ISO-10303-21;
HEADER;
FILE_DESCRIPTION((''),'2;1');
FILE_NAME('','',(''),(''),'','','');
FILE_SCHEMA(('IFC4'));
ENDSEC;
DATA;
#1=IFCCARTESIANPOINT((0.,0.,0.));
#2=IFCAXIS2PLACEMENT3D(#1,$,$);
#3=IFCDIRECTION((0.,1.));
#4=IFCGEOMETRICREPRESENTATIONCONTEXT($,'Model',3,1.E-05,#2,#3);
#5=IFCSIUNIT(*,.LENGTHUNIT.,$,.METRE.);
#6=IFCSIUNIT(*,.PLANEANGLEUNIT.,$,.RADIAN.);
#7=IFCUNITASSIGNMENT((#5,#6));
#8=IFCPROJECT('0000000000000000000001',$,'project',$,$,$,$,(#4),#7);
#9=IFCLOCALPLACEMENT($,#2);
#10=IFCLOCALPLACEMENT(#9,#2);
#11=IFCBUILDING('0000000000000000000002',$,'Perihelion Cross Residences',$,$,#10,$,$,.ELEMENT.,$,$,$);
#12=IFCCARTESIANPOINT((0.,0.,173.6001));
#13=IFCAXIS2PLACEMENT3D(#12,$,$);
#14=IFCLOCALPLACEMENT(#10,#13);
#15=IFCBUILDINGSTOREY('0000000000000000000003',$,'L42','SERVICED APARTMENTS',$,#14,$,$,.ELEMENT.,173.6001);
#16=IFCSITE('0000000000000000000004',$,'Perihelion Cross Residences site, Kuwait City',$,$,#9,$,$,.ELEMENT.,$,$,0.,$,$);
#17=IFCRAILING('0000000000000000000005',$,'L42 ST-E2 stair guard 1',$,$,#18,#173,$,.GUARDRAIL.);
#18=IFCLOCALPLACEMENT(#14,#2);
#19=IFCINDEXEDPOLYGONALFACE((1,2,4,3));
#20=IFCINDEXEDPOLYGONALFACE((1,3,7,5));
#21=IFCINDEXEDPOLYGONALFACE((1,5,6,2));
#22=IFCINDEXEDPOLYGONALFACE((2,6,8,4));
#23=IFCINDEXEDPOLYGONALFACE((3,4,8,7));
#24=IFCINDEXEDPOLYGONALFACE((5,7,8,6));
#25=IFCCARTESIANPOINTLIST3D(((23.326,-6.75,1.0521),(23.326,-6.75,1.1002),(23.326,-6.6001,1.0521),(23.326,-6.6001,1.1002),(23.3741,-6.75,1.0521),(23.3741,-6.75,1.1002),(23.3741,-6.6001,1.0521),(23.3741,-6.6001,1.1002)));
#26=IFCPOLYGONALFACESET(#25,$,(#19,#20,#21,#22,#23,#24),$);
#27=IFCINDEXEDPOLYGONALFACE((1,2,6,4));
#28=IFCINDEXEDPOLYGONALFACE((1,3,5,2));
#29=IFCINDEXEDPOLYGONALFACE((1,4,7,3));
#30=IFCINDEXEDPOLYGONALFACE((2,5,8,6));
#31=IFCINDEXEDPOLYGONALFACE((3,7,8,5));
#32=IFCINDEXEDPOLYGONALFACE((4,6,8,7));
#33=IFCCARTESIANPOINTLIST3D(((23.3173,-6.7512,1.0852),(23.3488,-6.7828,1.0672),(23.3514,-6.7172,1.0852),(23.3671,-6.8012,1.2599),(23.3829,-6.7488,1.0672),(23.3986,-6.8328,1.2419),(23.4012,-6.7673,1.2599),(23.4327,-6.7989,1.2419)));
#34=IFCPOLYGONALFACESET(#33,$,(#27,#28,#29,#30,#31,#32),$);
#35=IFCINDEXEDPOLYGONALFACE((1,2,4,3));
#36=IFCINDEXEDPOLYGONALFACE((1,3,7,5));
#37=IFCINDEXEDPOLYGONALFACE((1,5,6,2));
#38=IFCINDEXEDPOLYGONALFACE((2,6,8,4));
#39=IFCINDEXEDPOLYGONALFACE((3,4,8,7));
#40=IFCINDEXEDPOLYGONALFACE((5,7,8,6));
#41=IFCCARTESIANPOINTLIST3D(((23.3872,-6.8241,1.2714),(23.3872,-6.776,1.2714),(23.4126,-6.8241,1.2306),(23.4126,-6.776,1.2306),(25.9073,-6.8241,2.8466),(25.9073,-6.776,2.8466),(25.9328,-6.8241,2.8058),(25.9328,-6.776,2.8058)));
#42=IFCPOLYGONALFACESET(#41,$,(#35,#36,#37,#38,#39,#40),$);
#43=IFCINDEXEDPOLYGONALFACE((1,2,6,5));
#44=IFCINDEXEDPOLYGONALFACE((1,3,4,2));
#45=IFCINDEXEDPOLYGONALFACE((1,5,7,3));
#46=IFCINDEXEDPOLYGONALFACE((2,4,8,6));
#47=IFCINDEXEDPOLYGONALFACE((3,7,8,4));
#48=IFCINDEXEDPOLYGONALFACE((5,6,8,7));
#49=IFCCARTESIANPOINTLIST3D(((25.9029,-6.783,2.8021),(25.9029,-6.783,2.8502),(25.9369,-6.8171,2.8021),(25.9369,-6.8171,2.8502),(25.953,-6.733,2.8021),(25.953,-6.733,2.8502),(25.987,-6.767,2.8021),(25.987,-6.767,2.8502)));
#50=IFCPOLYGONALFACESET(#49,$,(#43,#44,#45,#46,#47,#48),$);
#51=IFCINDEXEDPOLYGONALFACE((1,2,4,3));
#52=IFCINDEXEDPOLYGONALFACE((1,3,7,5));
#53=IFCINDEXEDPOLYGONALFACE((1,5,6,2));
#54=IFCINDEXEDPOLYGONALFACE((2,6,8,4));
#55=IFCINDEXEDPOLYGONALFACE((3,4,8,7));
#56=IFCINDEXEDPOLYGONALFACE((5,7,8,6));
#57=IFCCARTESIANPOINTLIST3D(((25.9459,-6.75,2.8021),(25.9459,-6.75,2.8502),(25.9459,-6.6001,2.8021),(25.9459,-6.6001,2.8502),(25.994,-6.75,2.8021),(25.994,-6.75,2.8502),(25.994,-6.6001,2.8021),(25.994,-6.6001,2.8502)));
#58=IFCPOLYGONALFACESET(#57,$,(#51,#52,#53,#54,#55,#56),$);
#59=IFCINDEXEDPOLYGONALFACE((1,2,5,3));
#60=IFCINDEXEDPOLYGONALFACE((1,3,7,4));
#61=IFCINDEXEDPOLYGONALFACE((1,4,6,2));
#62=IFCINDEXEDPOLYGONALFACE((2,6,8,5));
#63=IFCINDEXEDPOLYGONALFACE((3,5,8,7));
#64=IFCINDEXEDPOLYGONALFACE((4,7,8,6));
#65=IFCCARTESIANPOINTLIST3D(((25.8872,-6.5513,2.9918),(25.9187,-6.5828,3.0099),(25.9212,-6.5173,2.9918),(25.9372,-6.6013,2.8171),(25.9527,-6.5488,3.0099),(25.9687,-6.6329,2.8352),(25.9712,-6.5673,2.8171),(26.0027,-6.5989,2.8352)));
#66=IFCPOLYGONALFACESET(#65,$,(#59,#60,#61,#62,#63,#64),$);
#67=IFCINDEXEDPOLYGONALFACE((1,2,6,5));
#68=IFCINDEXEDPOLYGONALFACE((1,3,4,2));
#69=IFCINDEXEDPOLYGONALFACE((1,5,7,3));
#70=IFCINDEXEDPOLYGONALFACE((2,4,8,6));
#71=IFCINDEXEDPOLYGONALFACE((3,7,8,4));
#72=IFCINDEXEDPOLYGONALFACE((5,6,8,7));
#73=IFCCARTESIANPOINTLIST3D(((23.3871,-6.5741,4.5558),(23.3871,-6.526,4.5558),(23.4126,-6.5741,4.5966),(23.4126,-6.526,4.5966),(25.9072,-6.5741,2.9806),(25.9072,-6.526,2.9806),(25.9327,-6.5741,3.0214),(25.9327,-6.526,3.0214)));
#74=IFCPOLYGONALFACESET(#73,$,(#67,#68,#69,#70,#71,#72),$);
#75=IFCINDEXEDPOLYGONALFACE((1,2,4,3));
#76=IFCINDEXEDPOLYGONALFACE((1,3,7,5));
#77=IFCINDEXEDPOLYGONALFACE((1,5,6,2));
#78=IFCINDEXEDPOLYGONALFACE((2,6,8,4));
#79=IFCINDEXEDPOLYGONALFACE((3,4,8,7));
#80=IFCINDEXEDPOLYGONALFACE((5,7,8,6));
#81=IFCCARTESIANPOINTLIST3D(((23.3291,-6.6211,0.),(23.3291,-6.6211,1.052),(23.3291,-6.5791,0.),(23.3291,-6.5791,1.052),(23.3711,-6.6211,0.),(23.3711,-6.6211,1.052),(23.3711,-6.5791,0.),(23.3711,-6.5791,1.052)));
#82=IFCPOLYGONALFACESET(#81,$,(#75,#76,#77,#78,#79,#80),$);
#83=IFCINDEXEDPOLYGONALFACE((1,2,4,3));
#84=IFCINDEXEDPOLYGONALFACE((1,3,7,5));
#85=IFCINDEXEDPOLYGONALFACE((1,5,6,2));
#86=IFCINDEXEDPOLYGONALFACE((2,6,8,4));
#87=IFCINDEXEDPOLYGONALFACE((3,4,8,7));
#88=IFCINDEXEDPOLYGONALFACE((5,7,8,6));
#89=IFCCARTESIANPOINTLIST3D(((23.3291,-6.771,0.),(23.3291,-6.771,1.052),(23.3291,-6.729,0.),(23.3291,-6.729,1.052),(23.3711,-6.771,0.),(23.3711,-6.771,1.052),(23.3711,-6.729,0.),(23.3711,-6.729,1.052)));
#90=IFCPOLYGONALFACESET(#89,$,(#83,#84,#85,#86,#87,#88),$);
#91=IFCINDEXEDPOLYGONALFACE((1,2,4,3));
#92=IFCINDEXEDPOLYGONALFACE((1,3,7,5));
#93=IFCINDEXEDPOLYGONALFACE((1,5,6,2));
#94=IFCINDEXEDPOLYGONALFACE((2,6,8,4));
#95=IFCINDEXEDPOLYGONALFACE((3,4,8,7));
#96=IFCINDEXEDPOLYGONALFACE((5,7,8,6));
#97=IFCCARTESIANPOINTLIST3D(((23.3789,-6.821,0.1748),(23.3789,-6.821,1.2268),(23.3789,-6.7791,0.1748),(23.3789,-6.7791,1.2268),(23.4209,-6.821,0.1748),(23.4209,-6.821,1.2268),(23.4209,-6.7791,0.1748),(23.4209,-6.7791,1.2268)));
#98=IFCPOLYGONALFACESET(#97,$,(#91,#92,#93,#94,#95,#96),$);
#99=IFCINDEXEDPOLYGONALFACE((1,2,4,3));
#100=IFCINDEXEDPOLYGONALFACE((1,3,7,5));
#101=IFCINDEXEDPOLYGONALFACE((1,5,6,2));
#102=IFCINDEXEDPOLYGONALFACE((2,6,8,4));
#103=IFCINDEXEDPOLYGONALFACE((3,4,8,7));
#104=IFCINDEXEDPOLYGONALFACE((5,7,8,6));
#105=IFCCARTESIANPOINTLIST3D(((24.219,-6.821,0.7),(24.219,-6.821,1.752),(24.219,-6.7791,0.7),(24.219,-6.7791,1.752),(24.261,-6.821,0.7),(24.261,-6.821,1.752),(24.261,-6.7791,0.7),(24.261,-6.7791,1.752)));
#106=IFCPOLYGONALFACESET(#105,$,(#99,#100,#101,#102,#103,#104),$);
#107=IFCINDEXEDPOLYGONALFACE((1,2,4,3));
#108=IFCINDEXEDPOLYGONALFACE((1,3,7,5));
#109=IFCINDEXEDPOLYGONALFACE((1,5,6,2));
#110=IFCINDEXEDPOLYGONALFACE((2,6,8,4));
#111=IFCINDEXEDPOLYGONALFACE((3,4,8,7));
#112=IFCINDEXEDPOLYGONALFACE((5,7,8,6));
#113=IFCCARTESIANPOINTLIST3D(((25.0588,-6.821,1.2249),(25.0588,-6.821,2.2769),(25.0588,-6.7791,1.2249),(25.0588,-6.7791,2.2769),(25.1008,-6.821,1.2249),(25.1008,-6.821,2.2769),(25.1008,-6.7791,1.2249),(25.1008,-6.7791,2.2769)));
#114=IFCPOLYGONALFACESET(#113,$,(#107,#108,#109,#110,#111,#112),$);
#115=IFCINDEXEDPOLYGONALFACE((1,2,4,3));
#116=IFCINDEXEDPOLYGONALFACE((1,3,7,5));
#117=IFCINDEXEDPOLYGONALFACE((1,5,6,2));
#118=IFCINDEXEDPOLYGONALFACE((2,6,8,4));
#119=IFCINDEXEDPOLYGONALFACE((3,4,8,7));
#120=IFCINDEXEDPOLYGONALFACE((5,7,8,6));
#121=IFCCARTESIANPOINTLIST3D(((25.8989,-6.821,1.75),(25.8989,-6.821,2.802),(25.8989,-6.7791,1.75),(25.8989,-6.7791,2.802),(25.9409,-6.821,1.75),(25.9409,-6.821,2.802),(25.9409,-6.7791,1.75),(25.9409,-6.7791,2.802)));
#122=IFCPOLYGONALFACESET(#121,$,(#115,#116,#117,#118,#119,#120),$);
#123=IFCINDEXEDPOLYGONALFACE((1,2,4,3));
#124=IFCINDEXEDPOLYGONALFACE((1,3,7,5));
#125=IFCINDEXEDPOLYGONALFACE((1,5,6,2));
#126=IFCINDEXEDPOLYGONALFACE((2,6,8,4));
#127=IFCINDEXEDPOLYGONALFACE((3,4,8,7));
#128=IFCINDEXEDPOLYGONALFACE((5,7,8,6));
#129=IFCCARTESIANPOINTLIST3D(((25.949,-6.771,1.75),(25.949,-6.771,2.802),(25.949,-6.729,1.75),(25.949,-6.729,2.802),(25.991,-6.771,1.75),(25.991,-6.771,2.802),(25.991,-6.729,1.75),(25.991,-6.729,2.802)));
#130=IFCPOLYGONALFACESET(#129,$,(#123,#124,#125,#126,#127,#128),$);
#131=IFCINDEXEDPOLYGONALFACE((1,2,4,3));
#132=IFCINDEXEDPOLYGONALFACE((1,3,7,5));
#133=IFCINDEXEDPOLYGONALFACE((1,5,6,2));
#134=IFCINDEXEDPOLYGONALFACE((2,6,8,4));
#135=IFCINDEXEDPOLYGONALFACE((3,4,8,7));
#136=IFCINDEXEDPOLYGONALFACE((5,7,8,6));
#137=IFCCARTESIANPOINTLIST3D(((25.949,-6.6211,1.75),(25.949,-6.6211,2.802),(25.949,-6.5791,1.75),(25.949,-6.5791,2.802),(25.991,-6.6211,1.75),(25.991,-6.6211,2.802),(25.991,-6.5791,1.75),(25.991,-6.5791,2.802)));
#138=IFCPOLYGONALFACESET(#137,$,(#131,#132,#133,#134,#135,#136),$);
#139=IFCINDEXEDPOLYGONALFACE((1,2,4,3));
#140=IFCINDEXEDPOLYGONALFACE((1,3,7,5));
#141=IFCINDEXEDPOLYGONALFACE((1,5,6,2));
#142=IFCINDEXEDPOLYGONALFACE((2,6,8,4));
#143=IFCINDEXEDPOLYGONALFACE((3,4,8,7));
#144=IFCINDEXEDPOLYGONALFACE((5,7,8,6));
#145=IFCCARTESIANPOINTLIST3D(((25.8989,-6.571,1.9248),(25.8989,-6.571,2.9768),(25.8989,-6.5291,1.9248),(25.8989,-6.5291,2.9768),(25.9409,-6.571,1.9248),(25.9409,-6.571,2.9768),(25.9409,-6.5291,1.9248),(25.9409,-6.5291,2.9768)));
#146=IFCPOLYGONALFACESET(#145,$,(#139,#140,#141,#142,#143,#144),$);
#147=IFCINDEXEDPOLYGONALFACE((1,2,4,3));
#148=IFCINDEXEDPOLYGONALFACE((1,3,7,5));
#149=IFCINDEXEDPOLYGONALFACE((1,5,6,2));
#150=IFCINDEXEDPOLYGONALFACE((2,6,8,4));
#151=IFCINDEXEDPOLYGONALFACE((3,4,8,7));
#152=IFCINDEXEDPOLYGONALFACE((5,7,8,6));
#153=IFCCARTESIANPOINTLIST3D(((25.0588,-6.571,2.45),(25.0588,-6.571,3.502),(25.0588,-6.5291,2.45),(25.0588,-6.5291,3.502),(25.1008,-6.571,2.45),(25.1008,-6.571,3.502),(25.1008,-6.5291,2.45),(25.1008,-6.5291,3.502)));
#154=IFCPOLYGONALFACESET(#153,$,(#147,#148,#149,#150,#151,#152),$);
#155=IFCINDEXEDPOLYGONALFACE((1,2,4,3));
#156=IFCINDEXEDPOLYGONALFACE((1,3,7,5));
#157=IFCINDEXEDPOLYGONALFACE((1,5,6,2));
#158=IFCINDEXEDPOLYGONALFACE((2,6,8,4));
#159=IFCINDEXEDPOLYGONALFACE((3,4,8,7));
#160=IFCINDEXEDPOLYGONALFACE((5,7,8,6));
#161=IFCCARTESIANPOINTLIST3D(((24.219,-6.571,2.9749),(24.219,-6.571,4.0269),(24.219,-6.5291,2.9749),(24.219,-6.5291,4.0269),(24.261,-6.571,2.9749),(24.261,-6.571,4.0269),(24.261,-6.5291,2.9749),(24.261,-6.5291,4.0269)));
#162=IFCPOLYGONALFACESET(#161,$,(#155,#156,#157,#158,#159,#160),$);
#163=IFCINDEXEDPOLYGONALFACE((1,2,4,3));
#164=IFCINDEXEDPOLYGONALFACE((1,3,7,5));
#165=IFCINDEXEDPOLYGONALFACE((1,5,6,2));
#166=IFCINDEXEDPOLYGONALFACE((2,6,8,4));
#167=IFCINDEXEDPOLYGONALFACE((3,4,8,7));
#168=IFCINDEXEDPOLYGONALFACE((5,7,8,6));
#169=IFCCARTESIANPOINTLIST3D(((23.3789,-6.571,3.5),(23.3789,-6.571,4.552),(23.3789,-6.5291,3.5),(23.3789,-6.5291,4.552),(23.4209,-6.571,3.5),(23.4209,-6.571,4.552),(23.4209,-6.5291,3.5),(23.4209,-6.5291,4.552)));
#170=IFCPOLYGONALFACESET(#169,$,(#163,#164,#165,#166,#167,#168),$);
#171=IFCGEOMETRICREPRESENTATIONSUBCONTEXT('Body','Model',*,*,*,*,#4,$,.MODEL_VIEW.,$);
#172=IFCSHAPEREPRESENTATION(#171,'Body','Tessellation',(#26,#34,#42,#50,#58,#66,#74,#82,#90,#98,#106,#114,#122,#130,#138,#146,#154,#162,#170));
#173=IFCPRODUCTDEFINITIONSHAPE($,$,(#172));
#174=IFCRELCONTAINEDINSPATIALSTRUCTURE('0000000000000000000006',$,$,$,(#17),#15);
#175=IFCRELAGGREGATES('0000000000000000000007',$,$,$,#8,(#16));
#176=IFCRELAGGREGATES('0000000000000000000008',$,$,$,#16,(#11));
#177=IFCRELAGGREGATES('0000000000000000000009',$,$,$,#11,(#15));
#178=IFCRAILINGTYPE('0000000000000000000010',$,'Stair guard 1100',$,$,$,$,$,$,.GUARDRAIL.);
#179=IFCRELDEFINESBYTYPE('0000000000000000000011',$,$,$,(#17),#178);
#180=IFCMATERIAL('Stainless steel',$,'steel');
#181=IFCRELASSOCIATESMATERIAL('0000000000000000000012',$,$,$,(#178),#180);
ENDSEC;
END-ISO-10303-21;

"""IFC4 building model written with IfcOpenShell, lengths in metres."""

from ifc_helpers import new_model, si_unit, direction, frame, origin, origin_2d, place, context, subcontext, project, spatial, rectangle, extrude, material, type_object, element, save


model = new_model("IFC4")

# Units and contexts
model_context = context("Model", 3, precision=1e-05, world=origin(), true_north=direction((0.0, 1.0)))
body_context = subcontext(model_context, "Body", "Model", "MODEL_VIEW")
ifc_project = project(units=[si_unit("LENGTHUNIT", "METRE"), si_unit("PLANEANGLEUNIT", "RADIAN")], contexts=[model_context])

# Site, building, storey
site_placement = place(None, origin())
site = spatial("IfcSite", under=ifc_project, at=site_placement, Name="Perihelion Cross Residences site, Kuwait City", CompositionType="ELEMENT", RefElevation=0.0)
building_placement = place(site_placement, origin())
building = spatial("IfcBuilding", under=site, at=building_placement, Name="Perihelion Cross Residences", CompositionType="ELEMENT")
storey_placement = place(building_placement, frame((0.0, 0.0, 173.6001)))
storey = spatial("IfcBuildingStorey", under=building, at=storey_placement, Name="L42", Description="SERVICED APARTMENTS", CompositionType="ELEMENT", Elevation=173.6001)

# Railing
ifc_material_1 = material(Name="Stainless steel", Category="steel")
railing_type_1 = type_object("IfcRailingType", Name="Stair guard 1100", PredefinedType="GUARDRAIL", material=ifc_material_1)
railing_1_placement = place(storey_placement, frame((23.3501, -6.6001, 0.0)))
element("IfcRailing", 1, at=railing_1_placement, inside=storey, type_object=railing_type_1, Name="L42 ST-E2 stair guard 1", PredefinedType="GUARDRAIL", context=body_context, shape_type="SweptSolid", body=[
    extrude(rectangle(XDim=0.0481, YDim=0.0481, at=origin_2d()), frame((0.0, 0.0, 1.0762), z_axis=(0.0, -1.0, 0.0), x_axis=(1.0, 0.0, 0.0)), (0.0, 0.0, 1.0), 0.1499),
    extrude(rectangle(XDim=0.0481, YDim=0.0481, at=origin_2d()), frame((0.0, -0.1499, 1.0762), z_axis=(0.264179, -0.265474, 0.927218), x_axis=(0.708834, 0.705376, 0.0)), (0.0, 0.0, 1.0), 0.1885),
    extrude(rectangle(XDim=0.0481, YDim=0.0481, at=origin_2d()), frame((0.0498, -0.2, 1.251), z_axis=(0.847971, 0.0, 0.530043), x_axis=(0.0, 1.0, 0.0)), (0.0, 0.0, 1.0), 2.9719),
    extrude(rectangle(XDim=0.0481, YDim=0.0481, at=origin_2d()), frame((2.5698, -0.2, 2.8262), z_axis=(0.707107, 0.707107, 0.0), x_axis=(-0.707107, 0.707107, 0.0)), (0.0, 0.0, 1.0), 0.0708),
    extrude(rectangle(XDim=0.0481, YDim=0.0481, at=origin_2d()), frame((2.6199, -0.1499, 2.8262), z_axis=(0.0, 1.0, 0.0), x_axis=(-1.0, 0.0, 0.0)), (0.0, 0.0, 1.0), 0.1499),
    extrude(rectangle(XDim=0.0481, YDim=0.0481, at=origin_2d()), frame((2.6199, 0.0, 2.8262), z_axis=(-0.265383, 0.265383, 0.9269), x_axis=(-0.707107, -0.707107, 0.0)), (0.0, 0.0, 1.0), 0.1885),
    extrude(rectangle(XDim=0.0481, YDim=0.0481, at=origin_2d()), frame((2.5698, 0.05, 3.001), z_axis=(-0.847971, 0.0, 0.530043), x_axis=(0.0, -1.0, 0.0)), (0.0, 0.0, 1.0), 2.9719),
    extrude(rectangle(XDim=0.042, YDim=0.042, at=origin_2d()), origin(), (0.0, 0.0, 1.0), 1.052),
    extrude(rectangle(XDim=0.042, YDim=0.042, at=origin_2d()), frame((0.0, -0.1499, 0.0)), (0.0, 0.0, 1.0), 1.052),
    extrude(rectangle(XDim=0.042, YDim=0.042, at=origin_2d()), frame((0.0498, -0.2, 0.1748)), (0.0, 0.0, 1.0), 1.052),
    extrude(rectangle(XDim=0.042, YDim=0.042, at=origin_2d()), frame((0.8899, -0.2, 0.7)), (0.0, 0.0, 1.0), 1.052),
    extrude(rectangle(XDim=0.042, YDim=0.042, at=origin_2d()), frame((1.7297, -0.2, 1.2249)), (0.0, 0.0, 1.0), 1.052),
    extrude(rectangle(XDim=0.042, YDim=0.042, at=origin_2d()), frame((2.5698, -0.2, 1.75)), (0.0, 0.0, 1.0), 1.052),
    extrude(rectangle(XDim=0.042, YDim=0.042, at=origin_2d()), frame((2.6199, -0.1499, 1.75)), (0.0, 0.0, 1.0), 1.052),
    extrude(rectangle(XDim=0.042, YDim=0.042, at=origin_2d()), frame((2.6199, 0.0, 1.75)), (0.0, 0.0, 1.0), 1.052),
    extrude(rectangle(XDim=0.042, YDim=0.042, at=origin_2d()), frame((2.5698, 0.05, 1.9248)), (0.0, 0.0, 1.0), 1.052),
    extrude(rectangle(XDim=0.042, YDim=0.042, at=origin_2d()), frame((1.7297, 0.05, 2.45)), (0.0, 0.0, 1.0), 1.052),
    extrude(rectangle(XDim=0.042, YDim=0.042, at=origin_2d()), frame((0.8899, 0.05, 2.9749)), (0.0, 0.0, 1.0), 1.052),
    extrude(rectangle(XDim=0.042, YDim=0.042, at=origin_2d()), frame((0.0498, 0.05, 3.5)), (0.0, 0.0, 1.0), 1.052),
])

save(model, "model.ifc")
